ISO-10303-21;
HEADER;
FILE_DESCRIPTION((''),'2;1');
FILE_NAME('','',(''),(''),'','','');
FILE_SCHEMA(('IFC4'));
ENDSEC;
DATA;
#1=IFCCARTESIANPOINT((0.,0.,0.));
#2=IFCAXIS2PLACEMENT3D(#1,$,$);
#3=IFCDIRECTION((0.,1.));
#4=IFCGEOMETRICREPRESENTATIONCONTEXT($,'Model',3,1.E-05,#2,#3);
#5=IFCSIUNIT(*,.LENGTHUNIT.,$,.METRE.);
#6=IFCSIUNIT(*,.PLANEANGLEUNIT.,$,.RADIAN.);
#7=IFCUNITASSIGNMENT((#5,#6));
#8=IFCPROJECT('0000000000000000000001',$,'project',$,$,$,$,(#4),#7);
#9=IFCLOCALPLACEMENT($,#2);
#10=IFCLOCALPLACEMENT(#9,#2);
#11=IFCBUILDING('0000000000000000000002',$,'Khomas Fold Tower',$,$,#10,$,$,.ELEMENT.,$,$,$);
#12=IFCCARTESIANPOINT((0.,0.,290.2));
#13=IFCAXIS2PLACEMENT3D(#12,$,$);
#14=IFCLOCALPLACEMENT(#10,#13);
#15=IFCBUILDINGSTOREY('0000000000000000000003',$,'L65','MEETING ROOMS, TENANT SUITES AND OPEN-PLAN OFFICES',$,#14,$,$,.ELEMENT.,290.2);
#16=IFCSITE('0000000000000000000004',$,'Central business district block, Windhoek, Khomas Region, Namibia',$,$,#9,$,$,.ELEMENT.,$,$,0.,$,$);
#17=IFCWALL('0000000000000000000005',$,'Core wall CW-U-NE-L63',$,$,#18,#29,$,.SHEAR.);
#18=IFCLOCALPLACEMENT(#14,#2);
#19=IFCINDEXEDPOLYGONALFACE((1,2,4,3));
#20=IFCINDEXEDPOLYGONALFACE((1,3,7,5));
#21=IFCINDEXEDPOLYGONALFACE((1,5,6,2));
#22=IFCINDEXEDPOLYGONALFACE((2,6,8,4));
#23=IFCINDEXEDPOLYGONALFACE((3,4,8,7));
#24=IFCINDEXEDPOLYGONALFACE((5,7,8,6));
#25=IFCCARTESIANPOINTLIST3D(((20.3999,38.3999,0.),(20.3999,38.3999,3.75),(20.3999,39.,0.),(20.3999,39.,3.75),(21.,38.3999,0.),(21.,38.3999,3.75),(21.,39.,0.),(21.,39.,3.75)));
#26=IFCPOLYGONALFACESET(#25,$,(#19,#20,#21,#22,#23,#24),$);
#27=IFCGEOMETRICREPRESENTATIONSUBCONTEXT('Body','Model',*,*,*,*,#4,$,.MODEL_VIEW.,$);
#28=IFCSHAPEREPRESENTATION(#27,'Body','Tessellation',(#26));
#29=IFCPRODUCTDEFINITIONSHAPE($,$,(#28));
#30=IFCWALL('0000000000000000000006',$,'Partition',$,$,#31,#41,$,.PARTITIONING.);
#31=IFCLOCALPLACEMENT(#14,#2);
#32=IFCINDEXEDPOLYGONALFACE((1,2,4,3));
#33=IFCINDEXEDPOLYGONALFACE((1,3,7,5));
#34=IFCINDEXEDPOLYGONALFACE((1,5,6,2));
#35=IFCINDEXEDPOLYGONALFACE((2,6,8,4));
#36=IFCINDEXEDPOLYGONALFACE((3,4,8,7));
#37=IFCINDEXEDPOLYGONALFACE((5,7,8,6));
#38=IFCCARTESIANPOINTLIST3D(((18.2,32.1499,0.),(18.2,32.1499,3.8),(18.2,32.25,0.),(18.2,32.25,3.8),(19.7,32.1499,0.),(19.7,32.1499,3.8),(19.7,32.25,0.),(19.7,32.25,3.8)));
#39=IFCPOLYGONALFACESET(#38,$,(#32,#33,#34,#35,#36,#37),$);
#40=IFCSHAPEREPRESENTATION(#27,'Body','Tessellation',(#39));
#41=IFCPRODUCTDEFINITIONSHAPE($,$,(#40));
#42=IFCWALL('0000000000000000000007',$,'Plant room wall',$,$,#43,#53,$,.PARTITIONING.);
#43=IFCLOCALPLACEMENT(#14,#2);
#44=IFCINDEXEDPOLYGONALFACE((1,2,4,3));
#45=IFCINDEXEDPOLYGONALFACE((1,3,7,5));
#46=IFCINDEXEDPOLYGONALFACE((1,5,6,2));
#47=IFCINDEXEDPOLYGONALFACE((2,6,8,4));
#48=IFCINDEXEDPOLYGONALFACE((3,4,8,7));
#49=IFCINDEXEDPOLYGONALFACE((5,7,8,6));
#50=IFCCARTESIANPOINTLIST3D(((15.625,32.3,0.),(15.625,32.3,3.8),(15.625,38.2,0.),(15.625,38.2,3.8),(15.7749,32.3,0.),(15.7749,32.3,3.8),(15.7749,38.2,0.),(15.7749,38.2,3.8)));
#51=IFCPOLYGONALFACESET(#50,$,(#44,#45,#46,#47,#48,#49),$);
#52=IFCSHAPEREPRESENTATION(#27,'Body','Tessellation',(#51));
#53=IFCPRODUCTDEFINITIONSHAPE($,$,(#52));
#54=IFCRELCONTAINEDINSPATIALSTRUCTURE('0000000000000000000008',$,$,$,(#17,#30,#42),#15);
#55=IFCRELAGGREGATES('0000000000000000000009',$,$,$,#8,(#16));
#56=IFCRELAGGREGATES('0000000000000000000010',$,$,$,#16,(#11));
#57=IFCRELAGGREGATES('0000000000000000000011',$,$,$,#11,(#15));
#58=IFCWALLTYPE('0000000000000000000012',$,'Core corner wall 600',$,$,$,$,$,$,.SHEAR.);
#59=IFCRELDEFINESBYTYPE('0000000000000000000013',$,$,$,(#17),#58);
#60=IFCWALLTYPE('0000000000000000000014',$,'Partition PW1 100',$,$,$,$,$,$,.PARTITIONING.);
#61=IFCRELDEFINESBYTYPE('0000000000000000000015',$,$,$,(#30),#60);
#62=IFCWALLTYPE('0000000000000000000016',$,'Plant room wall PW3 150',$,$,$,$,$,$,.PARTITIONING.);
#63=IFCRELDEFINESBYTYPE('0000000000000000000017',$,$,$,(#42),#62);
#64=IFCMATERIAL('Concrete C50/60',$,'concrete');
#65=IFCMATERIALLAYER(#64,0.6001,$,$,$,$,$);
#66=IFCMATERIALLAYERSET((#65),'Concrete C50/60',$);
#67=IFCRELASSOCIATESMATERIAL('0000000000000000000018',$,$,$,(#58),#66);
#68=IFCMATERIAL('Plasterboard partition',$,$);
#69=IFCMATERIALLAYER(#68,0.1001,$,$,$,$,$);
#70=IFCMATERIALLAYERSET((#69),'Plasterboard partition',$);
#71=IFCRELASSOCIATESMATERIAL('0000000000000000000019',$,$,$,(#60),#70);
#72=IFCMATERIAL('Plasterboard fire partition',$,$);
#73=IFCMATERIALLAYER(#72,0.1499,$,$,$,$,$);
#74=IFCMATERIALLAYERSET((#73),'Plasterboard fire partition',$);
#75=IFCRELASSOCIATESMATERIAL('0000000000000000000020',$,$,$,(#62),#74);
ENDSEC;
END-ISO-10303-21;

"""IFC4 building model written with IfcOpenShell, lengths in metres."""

from ifc_helpers import new_model, si_unit, direction, frame, frame_2d, origin, place, context, subcontext, project, spatial, rectangle, extrude, source, transform, mapped, material, layer, layer_set, type_object, element, save


model = new_model("IFC4")

# Units and contexts
model_context = context("Model", 3, precision=1e-05, world=origin(), true_north=direction((0.0, 1.0)))
body_context = subcontext(model_context, "Body", "Model", "MODEL_VIEW")
ifc_project = project(units=[si_unit("LENGTHUNIT", "METRE"), si_unit("PLANEANGLEUNIT", "RADIAN")], contexts=[model_context])

# Site, building, storey
site_placement = place(None, origin())
site = spatial("IfcSite", under=ifc_project, at=site_placement, Name="Central business district block, Windhoek, Khomas Region, Namibia", CompositionType="ELEMENT", RefElevation=0.0)
building_placement = place(site_placement, origin())
building = spatial("IfcBuilding", under=site, at=building_placement, Name="Khomas Fold Tower", CompositionType="ELEMENT")
storey_placement = place(building_placement, frame((0.0, 0.0, 290.2)))
storey = spatial("IfcBuildingStorey", under=building, at=storey_placement, Name="L65", Description="MEETING ROOMS, TENANT SUITES AND OPEN-PLAN OFFICES", CompositionType="ELEMENT", Elevation=290.2)

# Walls
ifc_material_1 = material(Name="Concrete C50/60", Category="concrete")
ifc_layer_1 = layer(ifc_material_1, 0.6001)
ifc_layer_set_1 = layer_set([ifc_layer_1], Name="Concrete C50/60")
wall_type_1 = type_object("IfcWallType", Name="Core corner wall 600", PredefinedType="SHEAR", material=ifc_layer_set_1)
shared_shape_1 = source(origin(), body_context, "Body", "SweptSolid", [
    extrude(rectangle(XDim=0.6001, YDim=0.6001, at=frame_2d((0.3, 0.0))), origin(), (0.0, 0.0, 1.0), 3.75),
])
wall_1_placement = place(storey_placement, frame((20.3999, 38.7, 0.0), z_axis=(0.0, 0.0, 1.0), x_axis=(1.0, 0.0, 0.0)))
element("IfcWall", 1, at=wall_1_placement, inside=storey, type_object=wall_type_1, Name="Core wall CW-U-NE-L63", PredefinedType="SHEAR", context=body_context, shape_type="MappedRepresentation", body=[
    mapped(shared_shape_1, transform((0.0, 0.0, 0.0))),
])
ifc_material_2 = material(Name="Plasterboard partition")
ifc_layer_2 = layer(ifc_material_2, 0.1001)
ifc_layer_set_2 = layer_set([ifc_layer_2], Name="Plasterboard partition")
wall_type_2 = type_object("IfcWallType", Name="Partition PW1 100", PredefinedType="PARTITIONING", material=ifc_layer_set_2)
shared_shape_2 = source(origin(), body_context, "Body", "SweptSolid", [
    extrude(rectangle(XDim=1.5, YDim=0.1001, at=frame_2d((0.75, 0.0))), origin(), (0.0, 0.0, 1.0), 3.8),
])
wall_2_placement = place(storey_placement, frame((18.2, 32.2, 0.0), z_axis=(0.0, 0.0, 1.0), x_axis=(1.0, 0.0, 0.0)))
element("IfcWall", 2, at=wall_2_placement, inside=storey, type_object=wall_type_2, Name="Partition", PredefinedType="PARTITIONING", context=body_context, shape_type="MappedRepresentation", body=[
    mapped(shared_shape_2, transform((0.0, 0.0, 0.0))),
])
ifc_material_3 = material(Name="Plasterboard fire partition")
ifc_layer_3 = layer(ifc_material_3, 0.1499)
ifc_layer_set_3 = layer_set([ifc_layer_3], Name="Plasterboard fire partition")
wall_type_3 = type_object("IfcWallType", Name="Plant room wall PW3 150", PredefinedType="PARTITIONING", material=ifc_layer_set_3)
shared_shape_3 = source(origin(), body_context, "Body", "SweptSolid", [
    extrude(rectangle(XDim=5.8999, YDim=0.1499, at=frame_2d((2.95, 0.0))), origin(), (0.0, 0.0, 1.0), 3.8),
])
wall_3_placement = place(storey_placement, frame((15.7, 32.3, 0.0), z_axis=(0.0, 0.0, 1.0), x_axis=(0.0, 1.0, 0.0)))
element("IfcWall", 3, at=wall_3_placement, inside=storey, type_object=wall_type_3, Name="Plant room wall", PredefinedType="PARTITIONING", context=body_context, shape_type="MappedRepresentation", body=[
    mapped(shared_shape_3, transform((0.0, 0.0, 0.0))),
])

save(model, "model.ifc")
